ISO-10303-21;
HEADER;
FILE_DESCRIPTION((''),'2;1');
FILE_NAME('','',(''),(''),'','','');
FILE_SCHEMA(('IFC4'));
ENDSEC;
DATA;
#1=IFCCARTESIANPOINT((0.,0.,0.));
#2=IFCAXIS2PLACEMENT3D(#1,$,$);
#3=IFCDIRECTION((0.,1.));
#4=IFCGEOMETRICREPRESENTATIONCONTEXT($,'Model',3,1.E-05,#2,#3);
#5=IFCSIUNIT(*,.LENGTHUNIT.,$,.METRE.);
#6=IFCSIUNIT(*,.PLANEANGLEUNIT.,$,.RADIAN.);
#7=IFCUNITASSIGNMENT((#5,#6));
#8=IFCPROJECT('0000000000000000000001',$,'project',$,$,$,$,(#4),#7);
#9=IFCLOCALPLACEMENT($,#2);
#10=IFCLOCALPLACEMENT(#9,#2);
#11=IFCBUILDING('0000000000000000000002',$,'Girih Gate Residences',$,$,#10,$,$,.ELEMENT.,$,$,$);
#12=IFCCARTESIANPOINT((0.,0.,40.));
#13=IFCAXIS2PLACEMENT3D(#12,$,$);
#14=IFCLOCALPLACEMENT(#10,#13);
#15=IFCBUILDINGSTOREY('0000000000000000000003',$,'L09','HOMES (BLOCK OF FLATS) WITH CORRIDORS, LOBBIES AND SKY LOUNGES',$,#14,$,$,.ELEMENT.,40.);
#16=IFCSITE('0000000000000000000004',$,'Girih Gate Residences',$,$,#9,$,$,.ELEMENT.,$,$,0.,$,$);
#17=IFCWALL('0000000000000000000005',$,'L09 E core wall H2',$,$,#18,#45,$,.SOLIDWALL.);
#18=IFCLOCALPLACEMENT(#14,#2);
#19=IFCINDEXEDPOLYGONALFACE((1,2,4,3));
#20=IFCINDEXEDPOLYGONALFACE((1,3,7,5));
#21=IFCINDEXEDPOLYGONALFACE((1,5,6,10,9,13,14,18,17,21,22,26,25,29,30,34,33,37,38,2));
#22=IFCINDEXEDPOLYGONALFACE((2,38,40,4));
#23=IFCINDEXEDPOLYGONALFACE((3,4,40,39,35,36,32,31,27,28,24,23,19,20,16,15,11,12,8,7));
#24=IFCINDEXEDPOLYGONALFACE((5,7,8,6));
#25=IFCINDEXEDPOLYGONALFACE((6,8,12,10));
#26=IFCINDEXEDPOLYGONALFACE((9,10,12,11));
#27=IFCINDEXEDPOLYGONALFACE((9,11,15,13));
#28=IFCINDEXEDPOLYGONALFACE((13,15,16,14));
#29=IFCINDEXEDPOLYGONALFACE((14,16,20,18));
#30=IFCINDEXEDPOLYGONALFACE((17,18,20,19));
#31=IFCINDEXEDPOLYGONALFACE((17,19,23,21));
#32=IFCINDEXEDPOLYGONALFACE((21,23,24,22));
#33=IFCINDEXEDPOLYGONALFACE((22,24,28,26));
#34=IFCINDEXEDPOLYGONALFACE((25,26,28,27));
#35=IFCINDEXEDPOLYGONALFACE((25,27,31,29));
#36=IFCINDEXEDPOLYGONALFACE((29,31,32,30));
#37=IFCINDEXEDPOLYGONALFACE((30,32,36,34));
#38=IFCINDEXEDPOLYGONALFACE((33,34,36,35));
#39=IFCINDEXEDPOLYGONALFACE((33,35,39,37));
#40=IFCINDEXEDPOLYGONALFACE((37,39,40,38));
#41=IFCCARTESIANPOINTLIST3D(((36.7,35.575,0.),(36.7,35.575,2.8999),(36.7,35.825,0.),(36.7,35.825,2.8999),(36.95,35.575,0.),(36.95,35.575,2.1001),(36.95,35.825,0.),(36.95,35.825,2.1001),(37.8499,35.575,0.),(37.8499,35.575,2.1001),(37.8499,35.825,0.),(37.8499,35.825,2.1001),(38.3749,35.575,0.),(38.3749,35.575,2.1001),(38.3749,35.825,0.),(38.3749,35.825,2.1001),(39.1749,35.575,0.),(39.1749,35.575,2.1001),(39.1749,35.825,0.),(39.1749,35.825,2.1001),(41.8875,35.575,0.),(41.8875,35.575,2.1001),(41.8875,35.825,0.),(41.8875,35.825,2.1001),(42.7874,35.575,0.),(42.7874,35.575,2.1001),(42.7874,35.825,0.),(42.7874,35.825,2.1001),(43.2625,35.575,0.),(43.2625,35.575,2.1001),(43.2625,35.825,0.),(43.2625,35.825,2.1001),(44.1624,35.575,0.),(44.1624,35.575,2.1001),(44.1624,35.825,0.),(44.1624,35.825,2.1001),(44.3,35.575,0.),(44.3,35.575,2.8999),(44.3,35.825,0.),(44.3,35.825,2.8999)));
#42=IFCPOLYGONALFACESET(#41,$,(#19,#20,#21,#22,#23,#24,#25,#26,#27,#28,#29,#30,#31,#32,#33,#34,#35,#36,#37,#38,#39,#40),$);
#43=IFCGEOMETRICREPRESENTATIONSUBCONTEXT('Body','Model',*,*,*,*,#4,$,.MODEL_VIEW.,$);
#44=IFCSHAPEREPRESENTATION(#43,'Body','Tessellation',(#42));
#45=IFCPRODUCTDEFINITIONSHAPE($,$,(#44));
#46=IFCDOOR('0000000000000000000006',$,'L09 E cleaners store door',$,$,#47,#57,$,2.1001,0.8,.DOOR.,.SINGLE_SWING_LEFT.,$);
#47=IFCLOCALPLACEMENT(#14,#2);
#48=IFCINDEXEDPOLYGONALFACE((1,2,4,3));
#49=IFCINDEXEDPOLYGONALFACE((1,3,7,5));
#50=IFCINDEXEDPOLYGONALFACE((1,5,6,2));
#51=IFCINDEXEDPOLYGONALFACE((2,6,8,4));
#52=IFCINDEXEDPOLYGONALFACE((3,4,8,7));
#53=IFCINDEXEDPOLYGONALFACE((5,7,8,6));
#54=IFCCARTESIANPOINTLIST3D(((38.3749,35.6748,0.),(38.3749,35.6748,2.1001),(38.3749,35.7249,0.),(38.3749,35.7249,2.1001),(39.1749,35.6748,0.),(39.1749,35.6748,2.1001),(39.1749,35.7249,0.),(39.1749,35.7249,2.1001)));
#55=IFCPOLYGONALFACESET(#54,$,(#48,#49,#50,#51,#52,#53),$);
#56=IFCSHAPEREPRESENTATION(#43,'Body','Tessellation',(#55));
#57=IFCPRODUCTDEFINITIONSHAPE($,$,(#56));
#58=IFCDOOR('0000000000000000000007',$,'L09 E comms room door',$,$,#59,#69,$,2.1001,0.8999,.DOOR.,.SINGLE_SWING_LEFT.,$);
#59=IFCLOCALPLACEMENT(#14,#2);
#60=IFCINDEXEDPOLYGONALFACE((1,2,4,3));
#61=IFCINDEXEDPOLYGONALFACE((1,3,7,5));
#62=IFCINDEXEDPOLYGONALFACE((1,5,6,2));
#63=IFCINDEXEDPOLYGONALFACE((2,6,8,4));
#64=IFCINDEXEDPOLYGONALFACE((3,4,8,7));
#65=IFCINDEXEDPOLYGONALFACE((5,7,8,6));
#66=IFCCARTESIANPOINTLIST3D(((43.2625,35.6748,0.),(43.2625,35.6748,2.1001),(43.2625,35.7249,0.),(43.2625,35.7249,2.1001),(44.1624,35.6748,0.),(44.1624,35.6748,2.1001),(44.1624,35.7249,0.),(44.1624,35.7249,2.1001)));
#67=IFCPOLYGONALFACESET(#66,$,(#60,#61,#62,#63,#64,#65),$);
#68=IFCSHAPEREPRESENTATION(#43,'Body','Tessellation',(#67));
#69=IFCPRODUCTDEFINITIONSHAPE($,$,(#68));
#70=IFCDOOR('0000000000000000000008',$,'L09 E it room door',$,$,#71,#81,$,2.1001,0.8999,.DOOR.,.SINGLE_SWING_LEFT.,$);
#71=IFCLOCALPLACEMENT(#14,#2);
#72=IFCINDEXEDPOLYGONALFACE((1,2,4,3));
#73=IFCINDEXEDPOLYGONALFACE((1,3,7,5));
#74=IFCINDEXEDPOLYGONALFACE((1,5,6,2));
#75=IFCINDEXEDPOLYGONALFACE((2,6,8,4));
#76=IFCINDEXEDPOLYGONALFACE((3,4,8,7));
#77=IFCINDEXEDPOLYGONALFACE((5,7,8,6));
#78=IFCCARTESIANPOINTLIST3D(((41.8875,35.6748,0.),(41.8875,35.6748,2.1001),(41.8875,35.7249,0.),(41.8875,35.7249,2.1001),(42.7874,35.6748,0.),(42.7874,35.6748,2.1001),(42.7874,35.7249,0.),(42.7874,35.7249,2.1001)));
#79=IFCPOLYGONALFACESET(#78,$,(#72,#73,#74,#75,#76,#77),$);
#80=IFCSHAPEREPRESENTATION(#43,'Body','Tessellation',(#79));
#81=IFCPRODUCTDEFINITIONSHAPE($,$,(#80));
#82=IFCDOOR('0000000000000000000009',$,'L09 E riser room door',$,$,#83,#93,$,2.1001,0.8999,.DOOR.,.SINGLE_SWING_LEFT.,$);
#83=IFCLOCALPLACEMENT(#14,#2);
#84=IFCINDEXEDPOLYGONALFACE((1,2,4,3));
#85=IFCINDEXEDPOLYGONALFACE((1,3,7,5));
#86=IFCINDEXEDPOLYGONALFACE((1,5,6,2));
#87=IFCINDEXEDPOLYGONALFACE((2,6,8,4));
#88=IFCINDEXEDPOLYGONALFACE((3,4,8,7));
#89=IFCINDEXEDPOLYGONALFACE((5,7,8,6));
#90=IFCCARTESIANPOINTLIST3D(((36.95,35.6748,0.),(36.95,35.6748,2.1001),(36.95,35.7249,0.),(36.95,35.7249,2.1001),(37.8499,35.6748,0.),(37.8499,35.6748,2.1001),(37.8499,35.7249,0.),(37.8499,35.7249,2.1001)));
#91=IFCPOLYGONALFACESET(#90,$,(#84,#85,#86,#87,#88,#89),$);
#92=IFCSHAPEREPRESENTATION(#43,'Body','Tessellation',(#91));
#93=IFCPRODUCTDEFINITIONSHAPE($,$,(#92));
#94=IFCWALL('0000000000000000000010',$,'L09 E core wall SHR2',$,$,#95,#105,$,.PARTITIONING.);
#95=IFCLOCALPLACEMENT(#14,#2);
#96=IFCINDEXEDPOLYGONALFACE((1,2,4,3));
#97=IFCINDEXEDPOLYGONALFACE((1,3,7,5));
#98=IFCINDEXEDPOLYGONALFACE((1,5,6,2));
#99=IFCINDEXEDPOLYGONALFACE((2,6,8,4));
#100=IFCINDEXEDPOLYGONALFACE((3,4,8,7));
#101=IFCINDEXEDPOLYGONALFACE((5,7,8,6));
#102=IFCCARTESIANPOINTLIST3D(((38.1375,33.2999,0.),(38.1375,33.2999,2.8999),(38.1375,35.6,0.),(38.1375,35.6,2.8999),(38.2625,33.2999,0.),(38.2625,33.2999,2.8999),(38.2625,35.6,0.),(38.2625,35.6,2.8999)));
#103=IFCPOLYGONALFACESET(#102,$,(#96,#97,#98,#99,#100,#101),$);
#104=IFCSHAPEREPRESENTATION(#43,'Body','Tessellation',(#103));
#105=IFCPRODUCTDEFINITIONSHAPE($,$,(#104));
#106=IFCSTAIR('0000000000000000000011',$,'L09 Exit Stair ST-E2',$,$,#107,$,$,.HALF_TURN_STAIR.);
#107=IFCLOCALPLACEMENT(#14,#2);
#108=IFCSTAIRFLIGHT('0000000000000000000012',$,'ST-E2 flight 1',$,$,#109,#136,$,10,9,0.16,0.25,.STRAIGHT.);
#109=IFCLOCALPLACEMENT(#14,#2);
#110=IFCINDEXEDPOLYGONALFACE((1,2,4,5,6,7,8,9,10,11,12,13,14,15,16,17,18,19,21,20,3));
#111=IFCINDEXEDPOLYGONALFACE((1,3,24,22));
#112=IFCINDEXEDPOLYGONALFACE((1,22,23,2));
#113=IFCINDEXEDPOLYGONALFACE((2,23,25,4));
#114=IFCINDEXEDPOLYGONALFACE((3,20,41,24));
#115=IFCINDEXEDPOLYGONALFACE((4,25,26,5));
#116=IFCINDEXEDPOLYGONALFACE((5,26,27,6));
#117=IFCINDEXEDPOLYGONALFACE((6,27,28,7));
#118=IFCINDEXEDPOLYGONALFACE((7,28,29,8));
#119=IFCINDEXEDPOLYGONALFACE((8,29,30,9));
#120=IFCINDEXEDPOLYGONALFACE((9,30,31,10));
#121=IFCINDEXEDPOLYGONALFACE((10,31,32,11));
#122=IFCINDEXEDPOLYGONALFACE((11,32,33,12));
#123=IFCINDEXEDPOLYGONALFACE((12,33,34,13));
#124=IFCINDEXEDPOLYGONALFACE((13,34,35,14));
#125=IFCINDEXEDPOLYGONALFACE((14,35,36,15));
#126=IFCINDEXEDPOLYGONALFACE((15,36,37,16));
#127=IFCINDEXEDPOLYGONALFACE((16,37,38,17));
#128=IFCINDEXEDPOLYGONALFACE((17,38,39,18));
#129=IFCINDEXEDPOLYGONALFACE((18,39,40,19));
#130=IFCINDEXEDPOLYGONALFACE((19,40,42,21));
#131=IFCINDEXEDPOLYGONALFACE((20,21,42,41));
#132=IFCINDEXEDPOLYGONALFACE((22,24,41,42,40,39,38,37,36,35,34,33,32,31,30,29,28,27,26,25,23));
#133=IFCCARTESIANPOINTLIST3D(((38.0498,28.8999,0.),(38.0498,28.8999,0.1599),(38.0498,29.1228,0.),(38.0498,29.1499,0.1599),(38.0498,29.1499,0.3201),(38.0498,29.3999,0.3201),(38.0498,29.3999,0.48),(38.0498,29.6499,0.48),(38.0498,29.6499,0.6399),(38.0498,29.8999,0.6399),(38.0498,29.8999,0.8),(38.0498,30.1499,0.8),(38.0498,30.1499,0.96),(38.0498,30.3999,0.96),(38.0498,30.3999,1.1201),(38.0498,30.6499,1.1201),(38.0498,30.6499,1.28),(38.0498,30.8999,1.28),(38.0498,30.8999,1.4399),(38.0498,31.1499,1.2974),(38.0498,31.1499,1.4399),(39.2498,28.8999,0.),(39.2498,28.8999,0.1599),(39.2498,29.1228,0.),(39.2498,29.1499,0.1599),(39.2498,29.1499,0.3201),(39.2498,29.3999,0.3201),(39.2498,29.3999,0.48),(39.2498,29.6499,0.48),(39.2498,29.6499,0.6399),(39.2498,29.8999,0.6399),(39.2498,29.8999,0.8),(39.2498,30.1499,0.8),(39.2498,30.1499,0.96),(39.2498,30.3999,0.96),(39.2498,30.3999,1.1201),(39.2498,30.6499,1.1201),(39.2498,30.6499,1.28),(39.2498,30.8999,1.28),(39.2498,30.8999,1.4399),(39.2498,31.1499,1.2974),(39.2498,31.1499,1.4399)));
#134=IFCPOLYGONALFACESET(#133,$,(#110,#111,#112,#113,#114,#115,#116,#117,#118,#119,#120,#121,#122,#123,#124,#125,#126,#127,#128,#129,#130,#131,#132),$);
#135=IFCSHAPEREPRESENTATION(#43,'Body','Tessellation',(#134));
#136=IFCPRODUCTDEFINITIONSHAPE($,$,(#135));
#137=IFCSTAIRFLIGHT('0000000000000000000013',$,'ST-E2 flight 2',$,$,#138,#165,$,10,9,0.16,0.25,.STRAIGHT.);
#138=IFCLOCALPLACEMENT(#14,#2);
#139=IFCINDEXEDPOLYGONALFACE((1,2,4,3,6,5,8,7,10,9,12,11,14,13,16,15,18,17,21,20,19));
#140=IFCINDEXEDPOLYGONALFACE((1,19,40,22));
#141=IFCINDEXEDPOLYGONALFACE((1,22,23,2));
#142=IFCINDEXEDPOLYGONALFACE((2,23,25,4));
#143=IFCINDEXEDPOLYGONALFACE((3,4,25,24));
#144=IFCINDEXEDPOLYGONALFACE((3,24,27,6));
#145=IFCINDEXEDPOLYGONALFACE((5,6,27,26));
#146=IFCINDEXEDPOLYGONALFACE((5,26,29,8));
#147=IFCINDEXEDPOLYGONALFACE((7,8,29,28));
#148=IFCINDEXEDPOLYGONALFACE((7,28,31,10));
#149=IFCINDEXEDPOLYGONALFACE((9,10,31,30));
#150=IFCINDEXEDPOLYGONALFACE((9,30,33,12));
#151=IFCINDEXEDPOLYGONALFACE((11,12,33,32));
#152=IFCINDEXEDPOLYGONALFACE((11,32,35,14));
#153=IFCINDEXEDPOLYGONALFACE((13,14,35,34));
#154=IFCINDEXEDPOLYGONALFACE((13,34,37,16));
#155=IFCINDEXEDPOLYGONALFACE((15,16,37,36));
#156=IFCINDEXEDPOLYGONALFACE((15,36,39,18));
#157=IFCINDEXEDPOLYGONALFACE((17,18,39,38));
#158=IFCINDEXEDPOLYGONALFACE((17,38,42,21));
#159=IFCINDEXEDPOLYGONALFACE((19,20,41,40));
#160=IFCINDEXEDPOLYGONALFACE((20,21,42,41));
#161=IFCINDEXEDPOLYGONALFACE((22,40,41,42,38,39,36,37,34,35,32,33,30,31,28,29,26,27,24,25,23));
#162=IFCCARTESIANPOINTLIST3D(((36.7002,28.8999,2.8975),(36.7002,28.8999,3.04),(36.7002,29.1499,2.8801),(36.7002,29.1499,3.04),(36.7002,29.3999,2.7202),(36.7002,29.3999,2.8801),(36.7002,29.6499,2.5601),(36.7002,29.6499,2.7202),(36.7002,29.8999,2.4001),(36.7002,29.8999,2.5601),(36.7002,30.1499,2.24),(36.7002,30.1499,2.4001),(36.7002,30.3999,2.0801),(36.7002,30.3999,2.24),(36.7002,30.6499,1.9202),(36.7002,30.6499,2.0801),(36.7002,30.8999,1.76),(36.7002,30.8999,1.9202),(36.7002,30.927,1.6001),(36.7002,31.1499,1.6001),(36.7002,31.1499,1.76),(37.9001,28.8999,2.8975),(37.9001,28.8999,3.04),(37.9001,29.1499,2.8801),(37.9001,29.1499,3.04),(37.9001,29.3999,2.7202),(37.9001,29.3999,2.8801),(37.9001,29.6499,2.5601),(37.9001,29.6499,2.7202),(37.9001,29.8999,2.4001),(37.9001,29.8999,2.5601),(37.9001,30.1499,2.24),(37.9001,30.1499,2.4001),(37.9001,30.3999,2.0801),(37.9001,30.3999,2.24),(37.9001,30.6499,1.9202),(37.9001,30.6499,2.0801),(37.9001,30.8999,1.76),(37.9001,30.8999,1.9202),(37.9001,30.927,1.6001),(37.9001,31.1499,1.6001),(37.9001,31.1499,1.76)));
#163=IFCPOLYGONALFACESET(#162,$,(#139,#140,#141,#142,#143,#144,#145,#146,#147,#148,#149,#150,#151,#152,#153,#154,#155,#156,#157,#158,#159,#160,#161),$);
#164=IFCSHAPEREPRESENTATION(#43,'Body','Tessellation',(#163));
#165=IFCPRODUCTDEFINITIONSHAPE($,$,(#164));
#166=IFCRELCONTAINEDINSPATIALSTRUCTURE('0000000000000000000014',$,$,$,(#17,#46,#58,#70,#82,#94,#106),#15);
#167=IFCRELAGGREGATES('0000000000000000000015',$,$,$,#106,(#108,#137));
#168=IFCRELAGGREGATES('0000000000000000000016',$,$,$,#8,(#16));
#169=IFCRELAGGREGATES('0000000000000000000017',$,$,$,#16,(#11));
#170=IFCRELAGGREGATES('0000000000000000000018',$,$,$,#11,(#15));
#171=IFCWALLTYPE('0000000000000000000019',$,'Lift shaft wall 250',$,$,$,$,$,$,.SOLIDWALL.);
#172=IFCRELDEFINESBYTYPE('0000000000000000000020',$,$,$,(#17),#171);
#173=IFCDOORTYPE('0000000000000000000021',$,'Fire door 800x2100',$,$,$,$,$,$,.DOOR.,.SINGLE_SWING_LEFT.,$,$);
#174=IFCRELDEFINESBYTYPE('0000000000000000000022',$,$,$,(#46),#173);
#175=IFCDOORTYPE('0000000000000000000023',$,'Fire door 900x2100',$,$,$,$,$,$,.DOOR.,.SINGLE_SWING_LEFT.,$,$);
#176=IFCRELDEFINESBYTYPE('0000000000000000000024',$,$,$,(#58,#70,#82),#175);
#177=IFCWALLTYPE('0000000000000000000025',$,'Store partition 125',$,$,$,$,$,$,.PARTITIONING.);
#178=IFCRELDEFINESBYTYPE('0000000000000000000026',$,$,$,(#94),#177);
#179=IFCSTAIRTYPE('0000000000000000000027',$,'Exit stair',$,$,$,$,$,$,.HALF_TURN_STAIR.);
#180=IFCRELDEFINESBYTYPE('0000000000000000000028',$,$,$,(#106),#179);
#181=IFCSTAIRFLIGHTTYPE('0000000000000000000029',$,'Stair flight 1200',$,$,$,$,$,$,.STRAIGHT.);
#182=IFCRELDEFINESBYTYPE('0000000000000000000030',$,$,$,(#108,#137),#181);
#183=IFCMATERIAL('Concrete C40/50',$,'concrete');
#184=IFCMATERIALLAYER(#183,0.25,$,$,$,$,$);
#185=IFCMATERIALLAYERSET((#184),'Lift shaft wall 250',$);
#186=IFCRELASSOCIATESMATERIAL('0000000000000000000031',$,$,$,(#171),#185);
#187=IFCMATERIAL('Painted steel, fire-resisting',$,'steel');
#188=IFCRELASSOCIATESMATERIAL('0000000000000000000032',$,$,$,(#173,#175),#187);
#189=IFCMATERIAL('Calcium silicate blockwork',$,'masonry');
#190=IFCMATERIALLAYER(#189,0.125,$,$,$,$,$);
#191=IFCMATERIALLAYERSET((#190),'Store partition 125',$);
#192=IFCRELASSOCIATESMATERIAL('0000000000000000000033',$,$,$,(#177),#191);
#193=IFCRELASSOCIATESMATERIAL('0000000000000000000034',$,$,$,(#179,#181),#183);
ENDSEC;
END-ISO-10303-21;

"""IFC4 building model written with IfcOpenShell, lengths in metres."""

from ifc_helpers import new_model, si_unit, direction, frame, frame_2d, origin, place, context, subcontext, project, spatial, polyline, rectangle, outline, extrude, material, layer, layer_set, type_object, element, fill, aggregate, save


model = new_model("IFC4")

# Units and contexts
model_context = context("Model", 3, precision=1e-05, world=origin(), true_north=direction((0.0, 1.0)))
body_context = subcontext(model_context, "Body", "Model", "MODEL_VIEW")
ifc_project = project(units=[si_unit("LENGTHUNIT", "METRE"), si_unit("PLANEANGLEUNIT", "RADIAN")], contexts=[model_context])

# Site, building, storey
site_placement = place(None, origin())
site = spatial("IfcSite", under=ifc_project, at=site_placement, Name="Girih Gate Residences", CompositionType="ELEMENT", RefElevation=0.0)
building_placement = place(site_placement, origin())
building = spatial("IfcBuilding", under=site, at=building_placement, Name="Girih Gate Residences", CompositionType="ELEMENT")
storey_placement = place(building_placement, frame((0.0, 0.0, 40.0)))
storey = spatial("IfcBuildingStorey", under=building, at=storey_placement, Name="L09", Description="HOMES (BLOCK OF FLATS) WITH CORRIDORS, LOBBIES AND SKY LOUNGES", CompositionType="ELEMENT", Elevation=40.0)

# Shared definitions
ifc_material_1 = material(Name="Concrete C40/50", Category="concrete")
ifc_layer_1 = layer(ifc_material_1, 0.25)
ifc_layer_set_1 = layer_set([ifc_layer_1], Name="Lift shaft wall 250")
wall_type_1 = type_object("IfcWallType", Name="Lift shaft wall 250", PredefinedType="SOLIDWALL", material=ifc_layer_set_1)

# Wall, openings, doors
wall_1_placement = place(storey_placement, frame((36.7, 35.7, 0.0), z_axis=(0.0, 0.0, 1.0), x_axis=(1.0, 0.0, 0.0)))
wall_1 = element("IfcWall", 1, at=wall_1_placement, inside=storey, type_object=wall_type_1, Name="L09 E core wall H2", PredefinedType="SOLIDWALL", context=body_context, shape_type="SweptSolid", body=[
    extrude(rectangle(XDim=7.6001, YDim=0.25, at=frame_2d((3.8, 0.0))), origin(), (0.0, 0.0, 1.0), 2.8999),
])
opening_1_placement = place(wall_1_placement, frame((6.5625, 0.0, 0.0)))
opening_1 = element("IfcOpeningElement", 2, at=opening_1_placement, cuts=wall_1, PredefinedType="OPENING", context=body_context, shape_type="SweptSolid", body=[
    extrude(rectangle(XDim=0.8999, YDim=2.1001, at=frame_2d((0.45, 1.05))), frame((0.0, 0.135, 0.0), z_axis=(0.0, -1.0, 0.0), x_axis=(1.0, 0.0, 0.0)), (0.0, 0.0, 1.0), 0.27),
])
opening_2_placement = place(wall_1_placement, frame((5.1875, 0.0, 0.0)))
opening_2 = element("IfcOpeningElement", 3, at=opening_2_placement, cuts=wall_1, PredefinedType="OPENING", context=body_context, shape_type="SweptSolid", body=[
    extrude(rectangle(XDim=0.8999, YDim=2.1001, at=frame_2d((0.45, 1.05))), frame((0.0, 0.135, 0.0), z_axis=(0.0, -1.0, 0.0), x_axis=(1.0, 0.0, 0.0)), (0.0, 0.0, 1.0), 0.27),
])
opening_3_placement = place(wall_1_placement, frame((1.675, 0.0, 0.0)))
opening_3 = element("IfcOpeningElement", 4, at=opening_3_placement, cuts=wall_1, PredefinedType="OPENING", context=body_context, shape_type="SweptSolid", body=[
    extrude(rectangle(XDim=0.8, YDim=2.1001, at=frame_2d((0.3999, 1.05))), frame((0.0, 0.135, 0.0), z_axis=(0.0, -1.0, 0.0), x_axis=(1.0, 0.0, 0.0)), (0.0, 0.0, 1.0), 0.27),
])
opening_4_placement = place(wall_1_placement, frame((0.25, 0.0, 0.0)))
opening_4 = element("IfcOpeningElement", 5, at=opening_4_placement, cuts=wall_1, PredefinedType="OPENING", context=body_context, shape_type="SweptSolid", body=[
    extrude(rectangle(XDim=0.8999, YDim=2.1001, at=frame_2d((0.45, 1.05))), frame((0.0, 0.135, 0.0), z_axis=(0.0, -1.0, 0.0), x_axis=(1.0, 0.0, 0.0)), (0.0, 0.0, 1.0), 0.27),
])
ifc_material_2 = material(Name="Painted steel, fire-resisting", Category="steel")
door_type_1 = type_object("IfcDoorType", Name="Fire door 800x2100", OperationType="SINGLE_SWING_LEFT", PredefinedType="DOOR", material=ifc_material_2)
door_1_placement = place(opening_3_placement, origin())
door_1 = element("IfcDoor", 6, at=door_1_placement, inside=storey, type_object=door_type_1, Name="L09 E cleaners store door", OperationType="SINGLE_SWING_LEFT", OverallHeight=2.1001, OverallWidth=0.8, PredefinedType="DOOR", context=body_context, shape_type="SweptSolid", body=[
    extrude(rectangle(XDim=0.8, YDim=2.1001, at=frame_2d((0.3999, 1.05))), frame((0.0, 0.0249, 0.0), z_axis=(0.0, -1.0, 0.0), x_axis=(1.0, 0.0, 0.0)), (0.0, 0.0, 1.0), 0.05),
])
fill(opening_3, door_1)
door_type_2 = type_object("IfcDoorType", Name="Fire door 900x2100", OperationType="SINGLE_SWING_LEFT", PredefinedType="DOOR", material=ifc_material_2)
door_2_placement = place(opening_1_placement, origin())
door_2 = element("IfcDoor", 7, at=door_2_placement, inside=storey, type_object=door_type_2, Name="L09 E comms room door", OperationType="SINGLE_SWING_LEFT", OverallHeight=2.1001, OverallWidth=0.8999, PredefinedType="DOOR", context=body_context, shape_type="SweptSolid", body=[
    extrude(rectangle(XDim=0.8999, YDim=2.1001, at=frame_2d((0.45, 1.05))), frame((0.0, 0.0249, 0.0), z_axis=(0.0, -1.0, 0.0), x_axis=(1.0, 0.0, 0.0)), (0.0, 0.0, 1.0), 0.05),
])
fill(opening_1, door_2)
door_3_placement = place(opening_2_placement, origin())
door_3 = element("IfcDoor", 8, at=door_3_placement, inside=storey, type_object=door_type_2, Name="L09 E it room door", OperationType="SINGLE_SWING_LEFT", OverallHeight=2.1001, OverallWidth=0.8999, PredefinedType="DOOR", context=body_context, shape_type="SweptSolid", body=[
    extrude(rectangle(XDim=0.8999, YDim=2.1001, at=frame_2d((0.45, 1.05))), frame((0.0, 0.0249, 0.0), z_axis=(0.0, -1.0, 0.0), x_axis=(1.0, 0.0, 0.0)), (0.0, 0.0, 1.0), 0.05),
])
fill(opening_2, door_3)
door_4_placement = place(opening_4_placement, origin())
door_4 = element("IfcDoor", 9, at=door_4_placement, inside=storey, type_object=door_type_2, Name="L09 E riser room door", OperationType="SINGLE_SWING_LEFT", OverallHeight=2.1001, OverallWidth=0.8999, PredefinedType="DOOR", context=body_context, shape_type="SweptSolid", body=[
    extrude(rectangle(XDim=0.8999, YDim=2.1001, at=frame_2d((0.45, 1.05))), frame((0.0, 0.0249, 0.0), z_axis=(0.0, -1.0, 0.0), x_axis=(1.0, 0.0, 0.0)), (0.0, 0.0, 1.0), 0.05),
])
fill(opening_4, door_4)

# Wall
ifc_material_3 = material(Name="Calcium silicate blockwork", Category="masonry")
ifc_layer_2 = layer(ifc_material_3, 0.125)
ifc_layer_set_2 = layer_set([ifc_layer_2], Name="Store partition 125")
wall_type_2 = type_object("IfcWallType", Name="Store partition 125", PredefinedType="PARTITIONING", material=ifc_layer_set_2)
wall_2_placement = place(storey_placement, frame((38.2, 33.3, 0.0), z_axis=(0.0, 0.0, 1.0), x_axis=(0.0, 1.0, 0.0)))
element("IfcWall", 10, at=wall_2_placement, inside=storey, type_object=wall_type_2, Name="L09 E core wall SHR2", PredefinedType="PARTITIONING", context=body_context, shape_type="SweptSolid", body=[
    extrude(rectangle(XDim=2.3, YDim=0.125, at=frame_2d((1.1499, 0.0))), origin(), (0.0, 0.0, 1.0), 2.8999),
])

# Stair, stair flights
stair_type = type_object("IfcStairType", Name="Exit stair", PredefinedType="HALF_TURN_STAIR", material=ifc_material_1)
stair_placement = place(storey_placement, origin())
stair = element("IfcStair", 11, at=stair_placement, inside=storey, type_object=stair_type, Name="L09 Exit Stair ST-E2", PredefinedType="HALF_TURN_STAIR")
stair_flight_type = type_object("IfcStairFlightType", Name="Stair flight 1200", PredefinedType="STRAIGHT", material=ifc_material_1)
stair_flight_1_placement = place(storey_placement, frame((38.6499, 28.8999, 0.0), z_axis=(0.0, 0.0, 1.0), x_axis=(0.0, 1.0, 0.0)))
stair_flight_1 = element("IfcStairFlight", 12, at=stair_flight_1_placement, type_object=stair_flight_type, Name="ST-E2 flight 1", NumberOfRisers=10, NumberOfTreads=9, PredefinedType="STRAIGHT", RiserHeight=0.16, TreadLength=0.25, context=body_context, shape_type="SweptSolid", body=[
    extrude(outline(polyline([(0.0, 0.0), (0.0, 0.1599), (0.25, 0.1599), (0.25, 0.3201), (0.5, 0.3201), (0.5, 0.48), (0.75, 0.48), (0.75, 0.6399), (1.0, 0.6399), (1.0, 0.8), (1.25, 0.8), (1.25, 0.96), (1.5, 0.96), (1.5, 1.1201), (1.75, 1.1201), (1.75, 1.28), (2.0, 1.28), (2.0, 1.4399), (2.25, 1.4399), (2.25, 1.6001), (2.25, 1.2974), (0.2229, 0.0), (0.0, 0.0)])), frame((0.0, 0.6001, 0.0), z_axis=(0.0, -1.0, 0.0), x_axis=(1.0, 0.0, 0.0)), (0.0, 0.0, 1.0), 1.2),
])
stair_flight_2_placement = place(storey_placement, frame((37.3, 31.1499, 1.6001), z_axis=(0.0, 0.0, 1.0), x_axis=(0.0, -1.0, 0.0)))
stair_flight_2 = element("IfcStairFlight", 13, at=stair_flight_2_placement, type_object=stair_flight_type, Name="ST-E2 flight 2", NumberOfRisers=10, NumberOfTreads=9, PredefinedType="STRAIGHT", RiserHeight=0.16, TreadLength=0.25, context=body_context, shape_type="SweptSolid", body=[
    extrude(outline(polyline([(0.0, 0.0), (0.0, 0.1599), (0.25, 0.1599), (0.25, 0.3201), (0.5, 0.3201), (0.5, 0.48), (0.75, 0.48), (0.75, 0.6399), (1.0, 0.6399), (1.0, 0.8), (1.25, 0.8), (1.25, 0.96), (1.5, 0.96), (1.5, 1.1201), (1.75, 1.1201), (1.75, 1.28), (2.0, 1.28), (2.0, 1.4399), (2.25, 1.4399), (2.25, 1.6001), (2.25, 1.2974), (0.2229, 0.0), (0.0, 0.0)])), frame((0.0, 0.6001, 0.0), z_axis=(0.0, -1.0, 0.0), x_axis=(1.0, 0.0, 0.0)), (0.0, 0.0, 1.0), 1.2),
])
aggregate(stair, [stair_flight_1, stair_flight_2])

save(model, "model.ifc")
